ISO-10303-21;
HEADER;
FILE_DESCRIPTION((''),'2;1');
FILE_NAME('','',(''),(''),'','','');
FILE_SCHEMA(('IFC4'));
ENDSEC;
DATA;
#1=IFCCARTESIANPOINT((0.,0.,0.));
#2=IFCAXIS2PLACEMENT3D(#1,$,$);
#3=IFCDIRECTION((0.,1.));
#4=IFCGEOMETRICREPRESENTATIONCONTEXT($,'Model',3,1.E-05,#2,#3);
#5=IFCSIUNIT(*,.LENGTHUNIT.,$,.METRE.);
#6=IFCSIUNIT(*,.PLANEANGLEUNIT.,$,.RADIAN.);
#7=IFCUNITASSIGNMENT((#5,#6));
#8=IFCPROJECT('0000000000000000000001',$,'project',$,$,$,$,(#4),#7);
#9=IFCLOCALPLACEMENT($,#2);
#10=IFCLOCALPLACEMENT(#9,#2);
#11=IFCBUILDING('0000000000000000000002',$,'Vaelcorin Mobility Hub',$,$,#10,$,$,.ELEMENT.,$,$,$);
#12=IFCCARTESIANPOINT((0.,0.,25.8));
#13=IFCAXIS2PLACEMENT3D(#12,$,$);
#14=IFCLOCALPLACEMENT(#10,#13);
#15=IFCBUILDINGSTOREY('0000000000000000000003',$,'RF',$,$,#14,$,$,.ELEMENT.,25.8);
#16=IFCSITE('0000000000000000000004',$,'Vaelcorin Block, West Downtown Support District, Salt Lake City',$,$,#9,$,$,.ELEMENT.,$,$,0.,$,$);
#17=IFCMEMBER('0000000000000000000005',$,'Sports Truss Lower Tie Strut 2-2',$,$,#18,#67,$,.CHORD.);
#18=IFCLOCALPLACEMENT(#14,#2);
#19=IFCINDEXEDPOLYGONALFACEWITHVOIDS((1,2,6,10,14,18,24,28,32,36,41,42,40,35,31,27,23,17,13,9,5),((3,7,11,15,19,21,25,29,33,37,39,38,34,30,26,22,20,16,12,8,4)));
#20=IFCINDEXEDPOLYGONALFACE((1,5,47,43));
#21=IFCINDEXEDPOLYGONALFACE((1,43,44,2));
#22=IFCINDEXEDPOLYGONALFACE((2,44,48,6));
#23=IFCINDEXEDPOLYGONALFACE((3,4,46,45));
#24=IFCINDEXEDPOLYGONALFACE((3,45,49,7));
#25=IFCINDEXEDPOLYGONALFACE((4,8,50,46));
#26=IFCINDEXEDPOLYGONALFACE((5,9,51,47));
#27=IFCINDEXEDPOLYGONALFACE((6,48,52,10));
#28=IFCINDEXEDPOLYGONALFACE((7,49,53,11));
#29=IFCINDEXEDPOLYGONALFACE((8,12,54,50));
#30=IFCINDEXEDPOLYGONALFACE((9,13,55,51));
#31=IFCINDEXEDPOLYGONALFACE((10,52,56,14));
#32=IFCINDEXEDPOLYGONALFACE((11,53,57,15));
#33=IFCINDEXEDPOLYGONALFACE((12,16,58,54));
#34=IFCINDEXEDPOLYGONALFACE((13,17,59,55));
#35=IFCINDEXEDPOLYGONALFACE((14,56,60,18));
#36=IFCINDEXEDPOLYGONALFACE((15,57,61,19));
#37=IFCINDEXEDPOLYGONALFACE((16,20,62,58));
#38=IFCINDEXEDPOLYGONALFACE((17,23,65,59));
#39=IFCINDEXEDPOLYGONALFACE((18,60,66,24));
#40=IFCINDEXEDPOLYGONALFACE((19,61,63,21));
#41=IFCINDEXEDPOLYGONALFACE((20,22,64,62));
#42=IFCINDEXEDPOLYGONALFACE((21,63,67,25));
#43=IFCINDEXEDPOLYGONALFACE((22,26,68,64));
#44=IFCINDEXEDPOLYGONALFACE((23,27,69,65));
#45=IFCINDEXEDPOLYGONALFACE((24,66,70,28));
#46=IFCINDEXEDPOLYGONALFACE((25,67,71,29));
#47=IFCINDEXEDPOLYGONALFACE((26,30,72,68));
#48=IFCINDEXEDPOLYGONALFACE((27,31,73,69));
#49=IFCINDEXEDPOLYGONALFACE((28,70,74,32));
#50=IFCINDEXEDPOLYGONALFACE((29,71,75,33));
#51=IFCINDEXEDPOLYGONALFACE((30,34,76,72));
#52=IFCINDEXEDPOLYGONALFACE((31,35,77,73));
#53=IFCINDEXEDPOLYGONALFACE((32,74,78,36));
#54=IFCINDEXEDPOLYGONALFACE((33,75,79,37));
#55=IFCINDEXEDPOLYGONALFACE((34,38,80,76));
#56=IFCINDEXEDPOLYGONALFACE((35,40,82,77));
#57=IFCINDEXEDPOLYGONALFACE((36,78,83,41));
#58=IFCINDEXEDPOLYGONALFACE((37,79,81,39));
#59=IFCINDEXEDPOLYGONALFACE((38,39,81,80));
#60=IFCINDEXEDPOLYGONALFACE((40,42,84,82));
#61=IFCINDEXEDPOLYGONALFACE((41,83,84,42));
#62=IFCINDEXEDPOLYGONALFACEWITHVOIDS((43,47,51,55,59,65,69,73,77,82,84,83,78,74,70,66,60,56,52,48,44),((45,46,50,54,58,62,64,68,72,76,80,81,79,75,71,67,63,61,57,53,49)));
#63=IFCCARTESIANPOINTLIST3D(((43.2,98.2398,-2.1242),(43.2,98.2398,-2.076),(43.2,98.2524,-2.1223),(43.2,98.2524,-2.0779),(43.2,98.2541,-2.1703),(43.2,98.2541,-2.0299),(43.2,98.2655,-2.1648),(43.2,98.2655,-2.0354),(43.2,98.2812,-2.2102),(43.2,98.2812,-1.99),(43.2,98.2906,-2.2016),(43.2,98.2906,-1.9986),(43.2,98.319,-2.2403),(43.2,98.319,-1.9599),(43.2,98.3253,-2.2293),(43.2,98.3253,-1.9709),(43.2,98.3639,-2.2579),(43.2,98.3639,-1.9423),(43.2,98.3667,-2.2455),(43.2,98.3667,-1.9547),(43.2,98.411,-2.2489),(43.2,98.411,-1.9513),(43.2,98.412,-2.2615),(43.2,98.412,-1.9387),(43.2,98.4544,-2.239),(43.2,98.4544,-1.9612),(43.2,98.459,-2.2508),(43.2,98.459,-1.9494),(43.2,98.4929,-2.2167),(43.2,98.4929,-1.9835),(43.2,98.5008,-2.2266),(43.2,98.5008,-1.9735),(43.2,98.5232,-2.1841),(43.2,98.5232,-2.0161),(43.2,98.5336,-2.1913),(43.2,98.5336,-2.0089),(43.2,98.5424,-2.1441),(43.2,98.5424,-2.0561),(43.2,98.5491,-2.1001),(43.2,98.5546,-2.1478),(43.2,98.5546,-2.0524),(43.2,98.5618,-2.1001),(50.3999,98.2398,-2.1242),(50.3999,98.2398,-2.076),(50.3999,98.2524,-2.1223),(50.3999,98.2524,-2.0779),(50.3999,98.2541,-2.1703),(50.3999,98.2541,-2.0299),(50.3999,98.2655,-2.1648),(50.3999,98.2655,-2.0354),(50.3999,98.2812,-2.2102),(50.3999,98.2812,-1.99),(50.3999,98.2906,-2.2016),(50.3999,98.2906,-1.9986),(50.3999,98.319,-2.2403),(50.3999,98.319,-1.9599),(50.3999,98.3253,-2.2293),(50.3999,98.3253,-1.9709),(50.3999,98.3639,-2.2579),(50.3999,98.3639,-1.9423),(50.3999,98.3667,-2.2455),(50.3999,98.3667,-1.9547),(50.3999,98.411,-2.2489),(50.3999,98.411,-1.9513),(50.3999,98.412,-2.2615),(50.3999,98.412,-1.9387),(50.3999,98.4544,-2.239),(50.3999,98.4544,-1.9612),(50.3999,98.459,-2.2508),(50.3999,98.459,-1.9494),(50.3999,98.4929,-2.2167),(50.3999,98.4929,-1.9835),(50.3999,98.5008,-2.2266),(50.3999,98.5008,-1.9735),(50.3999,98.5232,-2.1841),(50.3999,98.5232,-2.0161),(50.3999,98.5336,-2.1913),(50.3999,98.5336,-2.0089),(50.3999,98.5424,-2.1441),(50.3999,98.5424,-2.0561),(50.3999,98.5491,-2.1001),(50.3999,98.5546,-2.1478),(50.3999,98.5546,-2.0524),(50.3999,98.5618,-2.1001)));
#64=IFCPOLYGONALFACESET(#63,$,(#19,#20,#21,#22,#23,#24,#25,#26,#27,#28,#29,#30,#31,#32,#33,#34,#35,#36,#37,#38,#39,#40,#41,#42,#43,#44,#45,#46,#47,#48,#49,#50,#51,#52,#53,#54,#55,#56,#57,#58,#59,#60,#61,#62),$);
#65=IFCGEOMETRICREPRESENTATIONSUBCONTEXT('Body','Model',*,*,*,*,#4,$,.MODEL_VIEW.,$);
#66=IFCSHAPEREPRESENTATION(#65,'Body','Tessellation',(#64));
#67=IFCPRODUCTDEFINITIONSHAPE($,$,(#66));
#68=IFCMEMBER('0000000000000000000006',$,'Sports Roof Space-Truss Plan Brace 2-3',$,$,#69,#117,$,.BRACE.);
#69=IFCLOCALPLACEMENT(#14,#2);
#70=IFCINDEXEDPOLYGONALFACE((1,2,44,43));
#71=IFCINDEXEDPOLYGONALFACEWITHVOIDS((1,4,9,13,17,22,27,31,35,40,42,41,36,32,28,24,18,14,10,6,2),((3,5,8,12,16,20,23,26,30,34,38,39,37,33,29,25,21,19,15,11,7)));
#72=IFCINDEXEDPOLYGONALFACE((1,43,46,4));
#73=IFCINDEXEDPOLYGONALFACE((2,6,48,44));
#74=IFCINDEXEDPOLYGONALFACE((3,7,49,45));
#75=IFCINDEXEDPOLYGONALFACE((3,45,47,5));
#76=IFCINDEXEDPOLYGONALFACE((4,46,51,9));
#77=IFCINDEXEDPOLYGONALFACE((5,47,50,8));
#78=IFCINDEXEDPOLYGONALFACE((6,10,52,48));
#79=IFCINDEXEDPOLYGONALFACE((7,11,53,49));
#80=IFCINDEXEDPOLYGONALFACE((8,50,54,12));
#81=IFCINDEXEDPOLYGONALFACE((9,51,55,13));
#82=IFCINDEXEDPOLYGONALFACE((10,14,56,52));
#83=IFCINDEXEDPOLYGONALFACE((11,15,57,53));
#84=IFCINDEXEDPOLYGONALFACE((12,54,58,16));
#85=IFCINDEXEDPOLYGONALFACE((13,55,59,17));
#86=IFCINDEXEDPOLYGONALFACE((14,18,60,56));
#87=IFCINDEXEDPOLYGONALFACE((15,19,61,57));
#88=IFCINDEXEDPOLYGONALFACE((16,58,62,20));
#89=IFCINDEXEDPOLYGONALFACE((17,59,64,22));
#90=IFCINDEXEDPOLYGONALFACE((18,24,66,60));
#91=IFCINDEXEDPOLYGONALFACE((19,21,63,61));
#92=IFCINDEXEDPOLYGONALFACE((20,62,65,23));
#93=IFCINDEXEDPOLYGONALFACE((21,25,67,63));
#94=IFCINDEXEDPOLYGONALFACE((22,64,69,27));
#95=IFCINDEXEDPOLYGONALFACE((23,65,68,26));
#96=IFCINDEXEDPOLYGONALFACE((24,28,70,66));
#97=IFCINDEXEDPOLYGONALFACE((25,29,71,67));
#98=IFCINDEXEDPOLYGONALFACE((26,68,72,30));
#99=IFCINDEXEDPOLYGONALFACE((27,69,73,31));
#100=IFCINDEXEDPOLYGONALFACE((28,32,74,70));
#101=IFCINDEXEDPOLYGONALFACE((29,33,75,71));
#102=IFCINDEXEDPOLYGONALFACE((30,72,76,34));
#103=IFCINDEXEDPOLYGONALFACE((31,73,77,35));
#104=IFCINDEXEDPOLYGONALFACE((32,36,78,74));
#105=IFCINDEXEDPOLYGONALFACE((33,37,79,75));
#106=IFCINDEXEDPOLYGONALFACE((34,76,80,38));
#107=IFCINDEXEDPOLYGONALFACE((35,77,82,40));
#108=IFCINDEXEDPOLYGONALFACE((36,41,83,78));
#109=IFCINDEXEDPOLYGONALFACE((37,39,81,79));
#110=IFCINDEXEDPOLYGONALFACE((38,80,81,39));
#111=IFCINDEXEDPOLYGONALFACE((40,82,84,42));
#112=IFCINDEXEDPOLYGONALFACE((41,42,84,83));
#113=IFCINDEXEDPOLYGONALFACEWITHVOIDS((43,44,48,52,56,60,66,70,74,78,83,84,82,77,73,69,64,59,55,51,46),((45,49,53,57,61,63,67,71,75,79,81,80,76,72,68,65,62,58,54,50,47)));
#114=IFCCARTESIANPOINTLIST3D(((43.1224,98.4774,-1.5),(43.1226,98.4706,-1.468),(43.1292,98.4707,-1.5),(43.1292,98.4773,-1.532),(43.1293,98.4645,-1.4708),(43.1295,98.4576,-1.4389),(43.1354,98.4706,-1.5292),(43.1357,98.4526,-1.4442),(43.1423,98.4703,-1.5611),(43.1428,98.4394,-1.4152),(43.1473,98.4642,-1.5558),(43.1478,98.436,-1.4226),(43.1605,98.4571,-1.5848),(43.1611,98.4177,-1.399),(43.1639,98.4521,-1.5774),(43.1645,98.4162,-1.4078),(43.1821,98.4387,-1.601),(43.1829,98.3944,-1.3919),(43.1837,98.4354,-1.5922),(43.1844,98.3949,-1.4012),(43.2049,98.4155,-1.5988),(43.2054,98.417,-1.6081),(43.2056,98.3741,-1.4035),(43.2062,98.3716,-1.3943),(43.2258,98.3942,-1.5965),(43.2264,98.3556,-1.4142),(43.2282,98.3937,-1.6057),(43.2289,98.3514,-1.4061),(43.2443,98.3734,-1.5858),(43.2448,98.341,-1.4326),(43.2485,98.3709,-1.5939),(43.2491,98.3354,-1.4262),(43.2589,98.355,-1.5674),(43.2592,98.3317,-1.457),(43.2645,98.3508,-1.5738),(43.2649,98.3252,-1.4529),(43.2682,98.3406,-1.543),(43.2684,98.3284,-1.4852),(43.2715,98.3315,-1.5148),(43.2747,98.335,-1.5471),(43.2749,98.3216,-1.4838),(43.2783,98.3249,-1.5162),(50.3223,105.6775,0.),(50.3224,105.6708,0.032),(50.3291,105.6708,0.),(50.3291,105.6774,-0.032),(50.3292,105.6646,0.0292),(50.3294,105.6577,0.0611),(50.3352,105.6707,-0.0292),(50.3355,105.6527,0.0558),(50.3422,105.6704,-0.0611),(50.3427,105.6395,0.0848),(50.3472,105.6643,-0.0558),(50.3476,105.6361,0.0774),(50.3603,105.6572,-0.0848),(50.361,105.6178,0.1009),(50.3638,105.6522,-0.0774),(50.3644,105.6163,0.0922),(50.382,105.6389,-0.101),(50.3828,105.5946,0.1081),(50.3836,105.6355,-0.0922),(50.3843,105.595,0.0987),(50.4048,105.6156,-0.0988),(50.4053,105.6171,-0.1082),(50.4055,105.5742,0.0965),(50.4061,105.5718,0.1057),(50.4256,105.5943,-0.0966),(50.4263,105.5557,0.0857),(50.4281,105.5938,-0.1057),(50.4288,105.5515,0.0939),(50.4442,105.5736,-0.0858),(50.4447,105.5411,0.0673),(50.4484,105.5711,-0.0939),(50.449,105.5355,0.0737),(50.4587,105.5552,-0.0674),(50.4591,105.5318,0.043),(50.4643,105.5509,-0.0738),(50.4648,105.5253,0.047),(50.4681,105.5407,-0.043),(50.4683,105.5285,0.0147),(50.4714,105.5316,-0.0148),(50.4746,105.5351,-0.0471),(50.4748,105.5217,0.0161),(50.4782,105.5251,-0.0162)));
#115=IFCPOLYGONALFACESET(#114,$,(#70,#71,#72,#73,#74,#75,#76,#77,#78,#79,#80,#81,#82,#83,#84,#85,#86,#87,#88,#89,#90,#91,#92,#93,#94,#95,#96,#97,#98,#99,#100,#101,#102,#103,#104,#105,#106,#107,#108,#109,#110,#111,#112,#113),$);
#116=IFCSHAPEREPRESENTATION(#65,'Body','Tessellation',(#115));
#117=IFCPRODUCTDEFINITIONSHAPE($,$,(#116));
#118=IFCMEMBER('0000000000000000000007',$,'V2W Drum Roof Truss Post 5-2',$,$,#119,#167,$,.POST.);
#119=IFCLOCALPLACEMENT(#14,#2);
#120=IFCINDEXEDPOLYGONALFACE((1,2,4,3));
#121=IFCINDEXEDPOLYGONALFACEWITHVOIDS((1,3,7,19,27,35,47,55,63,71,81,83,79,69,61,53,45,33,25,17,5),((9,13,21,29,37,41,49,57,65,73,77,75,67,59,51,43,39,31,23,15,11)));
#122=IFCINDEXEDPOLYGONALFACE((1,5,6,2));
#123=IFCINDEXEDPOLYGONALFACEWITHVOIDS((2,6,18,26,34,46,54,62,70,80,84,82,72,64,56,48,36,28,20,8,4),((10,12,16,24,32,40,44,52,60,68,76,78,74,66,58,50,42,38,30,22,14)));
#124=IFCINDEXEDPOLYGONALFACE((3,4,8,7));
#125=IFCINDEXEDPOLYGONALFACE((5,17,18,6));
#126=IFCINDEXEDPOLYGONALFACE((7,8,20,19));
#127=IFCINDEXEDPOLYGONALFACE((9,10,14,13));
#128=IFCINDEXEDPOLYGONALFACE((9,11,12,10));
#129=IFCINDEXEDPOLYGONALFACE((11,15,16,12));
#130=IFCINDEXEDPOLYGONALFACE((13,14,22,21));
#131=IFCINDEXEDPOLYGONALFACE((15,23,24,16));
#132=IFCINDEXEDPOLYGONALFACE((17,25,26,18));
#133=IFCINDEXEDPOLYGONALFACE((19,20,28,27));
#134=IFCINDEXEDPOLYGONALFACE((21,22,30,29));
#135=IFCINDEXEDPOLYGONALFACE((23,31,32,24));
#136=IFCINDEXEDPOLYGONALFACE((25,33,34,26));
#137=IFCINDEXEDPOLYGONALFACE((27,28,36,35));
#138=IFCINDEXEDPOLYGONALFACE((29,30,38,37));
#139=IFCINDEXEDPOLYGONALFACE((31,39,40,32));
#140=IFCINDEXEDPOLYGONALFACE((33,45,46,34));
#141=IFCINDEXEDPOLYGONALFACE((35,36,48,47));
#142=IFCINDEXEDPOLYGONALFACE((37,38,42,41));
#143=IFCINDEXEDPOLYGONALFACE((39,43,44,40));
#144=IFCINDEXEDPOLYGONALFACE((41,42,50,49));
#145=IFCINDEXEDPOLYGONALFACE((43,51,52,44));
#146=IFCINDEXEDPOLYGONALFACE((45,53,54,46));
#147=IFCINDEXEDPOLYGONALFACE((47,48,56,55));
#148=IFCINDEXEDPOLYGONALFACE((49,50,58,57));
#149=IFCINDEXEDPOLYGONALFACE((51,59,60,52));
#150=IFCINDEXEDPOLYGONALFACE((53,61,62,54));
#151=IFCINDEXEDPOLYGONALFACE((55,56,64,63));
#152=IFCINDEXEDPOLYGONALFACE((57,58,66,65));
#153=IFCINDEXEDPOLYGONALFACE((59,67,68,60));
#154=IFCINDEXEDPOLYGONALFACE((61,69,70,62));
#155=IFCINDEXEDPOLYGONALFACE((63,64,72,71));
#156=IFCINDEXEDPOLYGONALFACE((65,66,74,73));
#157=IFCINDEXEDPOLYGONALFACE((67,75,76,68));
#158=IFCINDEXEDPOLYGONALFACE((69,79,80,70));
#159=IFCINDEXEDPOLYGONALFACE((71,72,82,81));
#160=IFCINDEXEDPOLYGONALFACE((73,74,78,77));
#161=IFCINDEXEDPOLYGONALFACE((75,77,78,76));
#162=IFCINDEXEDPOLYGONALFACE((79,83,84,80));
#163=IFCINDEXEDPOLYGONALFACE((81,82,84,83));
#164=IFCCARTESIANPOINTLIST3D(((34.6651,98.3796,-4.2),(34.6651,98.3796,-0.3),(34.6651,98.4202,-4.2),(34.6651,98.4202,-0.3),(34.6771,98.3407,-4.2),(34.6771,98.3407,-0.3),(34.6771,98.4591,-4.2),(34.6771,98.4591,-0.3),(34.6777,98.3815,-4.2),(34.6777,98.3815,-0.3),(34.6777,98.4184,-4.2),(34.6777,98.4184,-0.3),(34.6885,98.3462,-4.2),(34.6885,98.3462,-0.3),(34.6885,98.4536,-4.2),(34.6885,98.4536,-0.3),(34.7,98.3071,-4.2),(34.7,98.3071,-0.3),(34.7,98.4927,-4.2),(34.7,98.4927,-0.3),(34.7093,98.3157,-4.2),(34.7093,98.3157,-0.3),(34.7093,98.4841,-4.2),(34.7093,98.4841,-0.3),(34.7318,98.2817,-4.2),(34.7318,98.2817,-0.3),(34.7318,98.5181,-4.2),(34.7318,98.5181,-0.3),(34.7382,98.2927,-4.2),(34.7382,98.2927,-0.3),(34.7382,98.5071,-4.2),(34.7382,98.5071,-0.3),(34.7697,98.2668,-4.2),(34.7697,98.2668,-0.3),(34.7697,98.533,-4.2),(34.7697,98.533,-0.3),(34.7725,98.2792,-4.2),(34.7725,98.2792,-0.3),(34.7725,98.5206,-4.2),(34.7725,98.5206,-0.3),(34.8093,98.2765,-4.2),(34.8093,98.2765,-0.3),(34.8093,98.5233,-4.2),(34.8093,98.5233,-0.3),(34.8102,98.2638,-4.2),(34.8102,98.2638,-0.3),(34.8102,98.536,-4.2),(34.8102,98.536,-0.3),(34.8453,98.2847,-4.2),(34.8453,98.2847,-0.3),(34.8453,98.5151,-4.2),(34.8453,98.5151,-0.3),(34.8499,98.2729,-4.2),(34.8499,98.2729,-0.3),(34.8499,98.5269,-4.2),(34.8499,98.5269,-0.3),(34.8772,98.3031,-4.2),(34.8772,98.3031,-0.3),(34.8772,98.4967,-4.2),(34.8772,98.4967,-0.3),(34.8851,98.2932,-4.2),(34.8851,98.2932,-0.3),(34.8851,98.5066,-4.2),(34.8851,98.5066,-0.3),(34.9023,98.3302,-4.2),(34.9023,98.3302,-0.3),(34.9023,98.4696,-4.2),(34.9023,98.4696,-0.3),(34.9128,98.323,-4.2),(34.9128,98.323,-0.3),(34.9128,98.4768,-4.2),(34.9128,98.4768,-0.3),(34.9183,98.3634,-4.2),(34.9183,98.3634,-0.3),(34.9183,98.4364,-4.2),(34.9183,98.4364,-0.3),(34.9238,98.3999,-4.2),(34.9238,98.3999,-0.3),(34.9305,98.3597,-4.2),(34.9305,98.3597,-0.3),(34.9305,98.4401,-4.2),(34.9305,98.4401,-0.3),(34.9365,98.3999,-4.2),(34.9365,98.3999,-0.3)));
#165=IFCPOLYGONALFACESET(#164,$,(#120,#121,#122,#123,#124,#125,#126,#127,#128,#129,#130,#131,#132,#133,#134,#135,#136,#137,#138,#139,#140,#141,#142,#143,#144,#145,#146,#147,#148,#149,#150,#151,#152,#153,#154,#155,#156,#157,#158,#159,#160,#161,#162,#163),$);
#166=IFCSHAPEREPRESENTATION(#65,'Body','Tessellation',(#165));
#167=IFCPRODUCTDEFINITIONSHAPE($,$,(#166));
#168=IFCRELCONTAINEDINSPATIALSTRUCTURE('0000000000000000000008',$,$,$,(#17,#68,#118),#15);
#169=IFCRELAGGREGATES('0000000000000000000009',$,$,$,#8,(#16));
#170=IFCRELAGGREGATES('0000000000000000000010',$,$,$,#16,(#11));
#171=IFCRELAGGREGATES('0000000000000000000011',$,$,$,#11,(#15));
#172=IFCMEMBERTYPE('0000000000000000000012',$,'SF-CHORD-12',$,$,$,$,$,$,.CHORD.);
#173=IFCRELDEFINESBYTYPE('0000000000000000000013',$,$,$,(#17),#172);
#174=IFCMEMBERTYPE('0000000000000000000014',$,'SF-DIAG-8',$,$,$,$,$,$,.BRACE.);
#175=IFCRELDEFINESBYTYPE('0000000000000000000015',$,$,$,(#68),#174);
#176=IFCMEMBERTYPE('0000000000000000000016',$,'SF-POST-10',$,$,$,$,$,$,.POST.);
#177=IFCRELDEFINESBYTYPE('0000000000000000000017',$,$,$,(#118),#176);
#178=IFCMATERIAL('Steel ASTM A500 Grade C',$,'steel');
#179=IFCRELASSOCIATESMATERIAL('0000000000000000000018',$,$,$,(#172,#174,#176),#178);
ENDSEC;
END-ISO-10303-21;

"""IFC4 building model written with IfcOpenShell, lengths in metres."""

from ifc_helpers import new_model, si_unit, direction, frame, origin, origin_2d, place, context, subcontext, project, spatial, hollow_circle, extrude, material, material_profile, profile_set, type_object, element, save


model = new_model("IFC4")

# Units and contexts
model_context = context("Model", 3, precision=1e-05, world=origin(), true_north=direction((0.0, 1.0)))
body_context = subcontext(model_context, "Body", "Model", "MODEL_VIEW")
ifc_project = project(units=[si_unit("LENGTHUNIT", "METRE"), si_unit("PLANEANGLEUNIT", "RADIAN")], contexts=[model_context])

# Site, building, storey
site_placement = place(None, origin())
site = spatial("IfcSite", under=ifc_project, at=site_placement, Name="Vaelcorin Block, West Downtown Support District, Salt Lake City", CompositionType="ELEMENT", RefElevation=0.0)
building_placement = place(site_placement, origin())
building = spatial("IfcBuilding", under=site, at=building_placement, Name="Vaelcorin Mobility Hub", CompositionType="ELEMENT")
storey_placement = place(building_placement, frame((0.0, 0.0, 25.8)))
storey = spatial("IfcBuildingStorey", under=building, at=storey_placement, Name="RF", CompositionType="ELEMENT", Elevation=25.8)

# Members
ifc_material_1 = material(Name="Steel ASTM A500 Grade C", Category="steel")
ifc_material_profile_1 = material_profile(ifc_material_1, hollow_circle(Radius=0.1619, WallThickness=0.0127, at=origin_2d()), Name="HSS12.750X0.500")
ifc_profile_set_1 = profile_set([ifc_material_profile_1], Name="Steel ASTM A500 Grade C")
member_type_1 = type_object("IfcMemberType", Name="SF-CHORD-12", PredefinedType="CHORD", material=ifc_profile_set_1)
member_1_placement = place(storey_placement, frame((43.2, 98.3999, -2.1001), z_axis=(1.0, 0.0, 0.0), x_axis=(0.0, 1.0, 0.0)))
element("IfcMember", 1, at=member_1_placement, inside=storey, type_object=member_type_1, Name="Sports Truss Lower Tie Strut 2-2", PredefinedType="CHORD", context=body_context, shape_type="SweptSolid", body=[
    extrude(hollow_circle(Radius=0.1619, WallThickness=0.0127, at=origin_2d()), origin(), (0.0, 0.0, 1.0), 7.2),
])
ifc_material_profile_2 = material_profile(ifc_material_1, hollow_circle(Radius=0.1096, WallThickness=0.0095, at=origin_2d()), Name="HSS8.625X0.375")
ifc_profile_set_2 = profile_set([ifc_material_profile_2], Name="Steel ASTM A500 Grade C")
member_type_2 = type_object("IfcMemberType", Name="SF-DIAG-8", PredefinedType="BRACE", material=ifc_profile_set_2)
member_2_placement = place(storey_placement, frame((43.2, 98.3999, -1.5), z_axis=(0.699545, 0.699569, 0.14574), x_axis=(-0.707119, 0.707095, 0.0)))
element("IfcMember", 2, at=member_2_placement, inside=storey, type_object=member_type_2, Name="Sports Roof Space-Truss Plan Brace 2-3", PredefinedType="BRACE", context=body_context, shape_type="SweptSolid", body=[
    extrude(hollow_circle(Radius=0.1096, WallThickness=0.0095, at=origin_2d()), origin(), (0.0, 0.0, 1.0), 10.2922),
])
ifc_material_profile_3 = material_profile(ifc_material_1, hollow_circle(Radius=0.1365, WallThickness=0.0127, at=origin_2d()), Name="HSS10.750X0.500")
ifc_profile_set_3 = profile_set([ifc_material_profile_3], Name="Steel ASTM A500 Grade C")
member_type_3 = type_object("IfcMemberType", Name="SF-POST-10", PredefinedType="POST", material=ifc_profile_set_3)
member_3_placement = place(storey_placement, frame((34.8, 98.3999, -4.2), z_axis=(0.0, 0.0, 1.0), x_axis=(1.0, 0.0, 0.0)))
element("IfcMember", 3, at=member_3_placement, inside=storey, type_object=member_type_3, Name="V2W Drum Roof Truss Post 5-2", PredefinedType="POST", context=body_context, shape_type="SweptSolid", body=[
    extrude(hollow_circle(Radius=0.1365, WallThickness=0.0127, at=origin_2d()), origin(), (0.0, 0.0, 1.0), 3.8999),
])

save(model, "model.ifc")
